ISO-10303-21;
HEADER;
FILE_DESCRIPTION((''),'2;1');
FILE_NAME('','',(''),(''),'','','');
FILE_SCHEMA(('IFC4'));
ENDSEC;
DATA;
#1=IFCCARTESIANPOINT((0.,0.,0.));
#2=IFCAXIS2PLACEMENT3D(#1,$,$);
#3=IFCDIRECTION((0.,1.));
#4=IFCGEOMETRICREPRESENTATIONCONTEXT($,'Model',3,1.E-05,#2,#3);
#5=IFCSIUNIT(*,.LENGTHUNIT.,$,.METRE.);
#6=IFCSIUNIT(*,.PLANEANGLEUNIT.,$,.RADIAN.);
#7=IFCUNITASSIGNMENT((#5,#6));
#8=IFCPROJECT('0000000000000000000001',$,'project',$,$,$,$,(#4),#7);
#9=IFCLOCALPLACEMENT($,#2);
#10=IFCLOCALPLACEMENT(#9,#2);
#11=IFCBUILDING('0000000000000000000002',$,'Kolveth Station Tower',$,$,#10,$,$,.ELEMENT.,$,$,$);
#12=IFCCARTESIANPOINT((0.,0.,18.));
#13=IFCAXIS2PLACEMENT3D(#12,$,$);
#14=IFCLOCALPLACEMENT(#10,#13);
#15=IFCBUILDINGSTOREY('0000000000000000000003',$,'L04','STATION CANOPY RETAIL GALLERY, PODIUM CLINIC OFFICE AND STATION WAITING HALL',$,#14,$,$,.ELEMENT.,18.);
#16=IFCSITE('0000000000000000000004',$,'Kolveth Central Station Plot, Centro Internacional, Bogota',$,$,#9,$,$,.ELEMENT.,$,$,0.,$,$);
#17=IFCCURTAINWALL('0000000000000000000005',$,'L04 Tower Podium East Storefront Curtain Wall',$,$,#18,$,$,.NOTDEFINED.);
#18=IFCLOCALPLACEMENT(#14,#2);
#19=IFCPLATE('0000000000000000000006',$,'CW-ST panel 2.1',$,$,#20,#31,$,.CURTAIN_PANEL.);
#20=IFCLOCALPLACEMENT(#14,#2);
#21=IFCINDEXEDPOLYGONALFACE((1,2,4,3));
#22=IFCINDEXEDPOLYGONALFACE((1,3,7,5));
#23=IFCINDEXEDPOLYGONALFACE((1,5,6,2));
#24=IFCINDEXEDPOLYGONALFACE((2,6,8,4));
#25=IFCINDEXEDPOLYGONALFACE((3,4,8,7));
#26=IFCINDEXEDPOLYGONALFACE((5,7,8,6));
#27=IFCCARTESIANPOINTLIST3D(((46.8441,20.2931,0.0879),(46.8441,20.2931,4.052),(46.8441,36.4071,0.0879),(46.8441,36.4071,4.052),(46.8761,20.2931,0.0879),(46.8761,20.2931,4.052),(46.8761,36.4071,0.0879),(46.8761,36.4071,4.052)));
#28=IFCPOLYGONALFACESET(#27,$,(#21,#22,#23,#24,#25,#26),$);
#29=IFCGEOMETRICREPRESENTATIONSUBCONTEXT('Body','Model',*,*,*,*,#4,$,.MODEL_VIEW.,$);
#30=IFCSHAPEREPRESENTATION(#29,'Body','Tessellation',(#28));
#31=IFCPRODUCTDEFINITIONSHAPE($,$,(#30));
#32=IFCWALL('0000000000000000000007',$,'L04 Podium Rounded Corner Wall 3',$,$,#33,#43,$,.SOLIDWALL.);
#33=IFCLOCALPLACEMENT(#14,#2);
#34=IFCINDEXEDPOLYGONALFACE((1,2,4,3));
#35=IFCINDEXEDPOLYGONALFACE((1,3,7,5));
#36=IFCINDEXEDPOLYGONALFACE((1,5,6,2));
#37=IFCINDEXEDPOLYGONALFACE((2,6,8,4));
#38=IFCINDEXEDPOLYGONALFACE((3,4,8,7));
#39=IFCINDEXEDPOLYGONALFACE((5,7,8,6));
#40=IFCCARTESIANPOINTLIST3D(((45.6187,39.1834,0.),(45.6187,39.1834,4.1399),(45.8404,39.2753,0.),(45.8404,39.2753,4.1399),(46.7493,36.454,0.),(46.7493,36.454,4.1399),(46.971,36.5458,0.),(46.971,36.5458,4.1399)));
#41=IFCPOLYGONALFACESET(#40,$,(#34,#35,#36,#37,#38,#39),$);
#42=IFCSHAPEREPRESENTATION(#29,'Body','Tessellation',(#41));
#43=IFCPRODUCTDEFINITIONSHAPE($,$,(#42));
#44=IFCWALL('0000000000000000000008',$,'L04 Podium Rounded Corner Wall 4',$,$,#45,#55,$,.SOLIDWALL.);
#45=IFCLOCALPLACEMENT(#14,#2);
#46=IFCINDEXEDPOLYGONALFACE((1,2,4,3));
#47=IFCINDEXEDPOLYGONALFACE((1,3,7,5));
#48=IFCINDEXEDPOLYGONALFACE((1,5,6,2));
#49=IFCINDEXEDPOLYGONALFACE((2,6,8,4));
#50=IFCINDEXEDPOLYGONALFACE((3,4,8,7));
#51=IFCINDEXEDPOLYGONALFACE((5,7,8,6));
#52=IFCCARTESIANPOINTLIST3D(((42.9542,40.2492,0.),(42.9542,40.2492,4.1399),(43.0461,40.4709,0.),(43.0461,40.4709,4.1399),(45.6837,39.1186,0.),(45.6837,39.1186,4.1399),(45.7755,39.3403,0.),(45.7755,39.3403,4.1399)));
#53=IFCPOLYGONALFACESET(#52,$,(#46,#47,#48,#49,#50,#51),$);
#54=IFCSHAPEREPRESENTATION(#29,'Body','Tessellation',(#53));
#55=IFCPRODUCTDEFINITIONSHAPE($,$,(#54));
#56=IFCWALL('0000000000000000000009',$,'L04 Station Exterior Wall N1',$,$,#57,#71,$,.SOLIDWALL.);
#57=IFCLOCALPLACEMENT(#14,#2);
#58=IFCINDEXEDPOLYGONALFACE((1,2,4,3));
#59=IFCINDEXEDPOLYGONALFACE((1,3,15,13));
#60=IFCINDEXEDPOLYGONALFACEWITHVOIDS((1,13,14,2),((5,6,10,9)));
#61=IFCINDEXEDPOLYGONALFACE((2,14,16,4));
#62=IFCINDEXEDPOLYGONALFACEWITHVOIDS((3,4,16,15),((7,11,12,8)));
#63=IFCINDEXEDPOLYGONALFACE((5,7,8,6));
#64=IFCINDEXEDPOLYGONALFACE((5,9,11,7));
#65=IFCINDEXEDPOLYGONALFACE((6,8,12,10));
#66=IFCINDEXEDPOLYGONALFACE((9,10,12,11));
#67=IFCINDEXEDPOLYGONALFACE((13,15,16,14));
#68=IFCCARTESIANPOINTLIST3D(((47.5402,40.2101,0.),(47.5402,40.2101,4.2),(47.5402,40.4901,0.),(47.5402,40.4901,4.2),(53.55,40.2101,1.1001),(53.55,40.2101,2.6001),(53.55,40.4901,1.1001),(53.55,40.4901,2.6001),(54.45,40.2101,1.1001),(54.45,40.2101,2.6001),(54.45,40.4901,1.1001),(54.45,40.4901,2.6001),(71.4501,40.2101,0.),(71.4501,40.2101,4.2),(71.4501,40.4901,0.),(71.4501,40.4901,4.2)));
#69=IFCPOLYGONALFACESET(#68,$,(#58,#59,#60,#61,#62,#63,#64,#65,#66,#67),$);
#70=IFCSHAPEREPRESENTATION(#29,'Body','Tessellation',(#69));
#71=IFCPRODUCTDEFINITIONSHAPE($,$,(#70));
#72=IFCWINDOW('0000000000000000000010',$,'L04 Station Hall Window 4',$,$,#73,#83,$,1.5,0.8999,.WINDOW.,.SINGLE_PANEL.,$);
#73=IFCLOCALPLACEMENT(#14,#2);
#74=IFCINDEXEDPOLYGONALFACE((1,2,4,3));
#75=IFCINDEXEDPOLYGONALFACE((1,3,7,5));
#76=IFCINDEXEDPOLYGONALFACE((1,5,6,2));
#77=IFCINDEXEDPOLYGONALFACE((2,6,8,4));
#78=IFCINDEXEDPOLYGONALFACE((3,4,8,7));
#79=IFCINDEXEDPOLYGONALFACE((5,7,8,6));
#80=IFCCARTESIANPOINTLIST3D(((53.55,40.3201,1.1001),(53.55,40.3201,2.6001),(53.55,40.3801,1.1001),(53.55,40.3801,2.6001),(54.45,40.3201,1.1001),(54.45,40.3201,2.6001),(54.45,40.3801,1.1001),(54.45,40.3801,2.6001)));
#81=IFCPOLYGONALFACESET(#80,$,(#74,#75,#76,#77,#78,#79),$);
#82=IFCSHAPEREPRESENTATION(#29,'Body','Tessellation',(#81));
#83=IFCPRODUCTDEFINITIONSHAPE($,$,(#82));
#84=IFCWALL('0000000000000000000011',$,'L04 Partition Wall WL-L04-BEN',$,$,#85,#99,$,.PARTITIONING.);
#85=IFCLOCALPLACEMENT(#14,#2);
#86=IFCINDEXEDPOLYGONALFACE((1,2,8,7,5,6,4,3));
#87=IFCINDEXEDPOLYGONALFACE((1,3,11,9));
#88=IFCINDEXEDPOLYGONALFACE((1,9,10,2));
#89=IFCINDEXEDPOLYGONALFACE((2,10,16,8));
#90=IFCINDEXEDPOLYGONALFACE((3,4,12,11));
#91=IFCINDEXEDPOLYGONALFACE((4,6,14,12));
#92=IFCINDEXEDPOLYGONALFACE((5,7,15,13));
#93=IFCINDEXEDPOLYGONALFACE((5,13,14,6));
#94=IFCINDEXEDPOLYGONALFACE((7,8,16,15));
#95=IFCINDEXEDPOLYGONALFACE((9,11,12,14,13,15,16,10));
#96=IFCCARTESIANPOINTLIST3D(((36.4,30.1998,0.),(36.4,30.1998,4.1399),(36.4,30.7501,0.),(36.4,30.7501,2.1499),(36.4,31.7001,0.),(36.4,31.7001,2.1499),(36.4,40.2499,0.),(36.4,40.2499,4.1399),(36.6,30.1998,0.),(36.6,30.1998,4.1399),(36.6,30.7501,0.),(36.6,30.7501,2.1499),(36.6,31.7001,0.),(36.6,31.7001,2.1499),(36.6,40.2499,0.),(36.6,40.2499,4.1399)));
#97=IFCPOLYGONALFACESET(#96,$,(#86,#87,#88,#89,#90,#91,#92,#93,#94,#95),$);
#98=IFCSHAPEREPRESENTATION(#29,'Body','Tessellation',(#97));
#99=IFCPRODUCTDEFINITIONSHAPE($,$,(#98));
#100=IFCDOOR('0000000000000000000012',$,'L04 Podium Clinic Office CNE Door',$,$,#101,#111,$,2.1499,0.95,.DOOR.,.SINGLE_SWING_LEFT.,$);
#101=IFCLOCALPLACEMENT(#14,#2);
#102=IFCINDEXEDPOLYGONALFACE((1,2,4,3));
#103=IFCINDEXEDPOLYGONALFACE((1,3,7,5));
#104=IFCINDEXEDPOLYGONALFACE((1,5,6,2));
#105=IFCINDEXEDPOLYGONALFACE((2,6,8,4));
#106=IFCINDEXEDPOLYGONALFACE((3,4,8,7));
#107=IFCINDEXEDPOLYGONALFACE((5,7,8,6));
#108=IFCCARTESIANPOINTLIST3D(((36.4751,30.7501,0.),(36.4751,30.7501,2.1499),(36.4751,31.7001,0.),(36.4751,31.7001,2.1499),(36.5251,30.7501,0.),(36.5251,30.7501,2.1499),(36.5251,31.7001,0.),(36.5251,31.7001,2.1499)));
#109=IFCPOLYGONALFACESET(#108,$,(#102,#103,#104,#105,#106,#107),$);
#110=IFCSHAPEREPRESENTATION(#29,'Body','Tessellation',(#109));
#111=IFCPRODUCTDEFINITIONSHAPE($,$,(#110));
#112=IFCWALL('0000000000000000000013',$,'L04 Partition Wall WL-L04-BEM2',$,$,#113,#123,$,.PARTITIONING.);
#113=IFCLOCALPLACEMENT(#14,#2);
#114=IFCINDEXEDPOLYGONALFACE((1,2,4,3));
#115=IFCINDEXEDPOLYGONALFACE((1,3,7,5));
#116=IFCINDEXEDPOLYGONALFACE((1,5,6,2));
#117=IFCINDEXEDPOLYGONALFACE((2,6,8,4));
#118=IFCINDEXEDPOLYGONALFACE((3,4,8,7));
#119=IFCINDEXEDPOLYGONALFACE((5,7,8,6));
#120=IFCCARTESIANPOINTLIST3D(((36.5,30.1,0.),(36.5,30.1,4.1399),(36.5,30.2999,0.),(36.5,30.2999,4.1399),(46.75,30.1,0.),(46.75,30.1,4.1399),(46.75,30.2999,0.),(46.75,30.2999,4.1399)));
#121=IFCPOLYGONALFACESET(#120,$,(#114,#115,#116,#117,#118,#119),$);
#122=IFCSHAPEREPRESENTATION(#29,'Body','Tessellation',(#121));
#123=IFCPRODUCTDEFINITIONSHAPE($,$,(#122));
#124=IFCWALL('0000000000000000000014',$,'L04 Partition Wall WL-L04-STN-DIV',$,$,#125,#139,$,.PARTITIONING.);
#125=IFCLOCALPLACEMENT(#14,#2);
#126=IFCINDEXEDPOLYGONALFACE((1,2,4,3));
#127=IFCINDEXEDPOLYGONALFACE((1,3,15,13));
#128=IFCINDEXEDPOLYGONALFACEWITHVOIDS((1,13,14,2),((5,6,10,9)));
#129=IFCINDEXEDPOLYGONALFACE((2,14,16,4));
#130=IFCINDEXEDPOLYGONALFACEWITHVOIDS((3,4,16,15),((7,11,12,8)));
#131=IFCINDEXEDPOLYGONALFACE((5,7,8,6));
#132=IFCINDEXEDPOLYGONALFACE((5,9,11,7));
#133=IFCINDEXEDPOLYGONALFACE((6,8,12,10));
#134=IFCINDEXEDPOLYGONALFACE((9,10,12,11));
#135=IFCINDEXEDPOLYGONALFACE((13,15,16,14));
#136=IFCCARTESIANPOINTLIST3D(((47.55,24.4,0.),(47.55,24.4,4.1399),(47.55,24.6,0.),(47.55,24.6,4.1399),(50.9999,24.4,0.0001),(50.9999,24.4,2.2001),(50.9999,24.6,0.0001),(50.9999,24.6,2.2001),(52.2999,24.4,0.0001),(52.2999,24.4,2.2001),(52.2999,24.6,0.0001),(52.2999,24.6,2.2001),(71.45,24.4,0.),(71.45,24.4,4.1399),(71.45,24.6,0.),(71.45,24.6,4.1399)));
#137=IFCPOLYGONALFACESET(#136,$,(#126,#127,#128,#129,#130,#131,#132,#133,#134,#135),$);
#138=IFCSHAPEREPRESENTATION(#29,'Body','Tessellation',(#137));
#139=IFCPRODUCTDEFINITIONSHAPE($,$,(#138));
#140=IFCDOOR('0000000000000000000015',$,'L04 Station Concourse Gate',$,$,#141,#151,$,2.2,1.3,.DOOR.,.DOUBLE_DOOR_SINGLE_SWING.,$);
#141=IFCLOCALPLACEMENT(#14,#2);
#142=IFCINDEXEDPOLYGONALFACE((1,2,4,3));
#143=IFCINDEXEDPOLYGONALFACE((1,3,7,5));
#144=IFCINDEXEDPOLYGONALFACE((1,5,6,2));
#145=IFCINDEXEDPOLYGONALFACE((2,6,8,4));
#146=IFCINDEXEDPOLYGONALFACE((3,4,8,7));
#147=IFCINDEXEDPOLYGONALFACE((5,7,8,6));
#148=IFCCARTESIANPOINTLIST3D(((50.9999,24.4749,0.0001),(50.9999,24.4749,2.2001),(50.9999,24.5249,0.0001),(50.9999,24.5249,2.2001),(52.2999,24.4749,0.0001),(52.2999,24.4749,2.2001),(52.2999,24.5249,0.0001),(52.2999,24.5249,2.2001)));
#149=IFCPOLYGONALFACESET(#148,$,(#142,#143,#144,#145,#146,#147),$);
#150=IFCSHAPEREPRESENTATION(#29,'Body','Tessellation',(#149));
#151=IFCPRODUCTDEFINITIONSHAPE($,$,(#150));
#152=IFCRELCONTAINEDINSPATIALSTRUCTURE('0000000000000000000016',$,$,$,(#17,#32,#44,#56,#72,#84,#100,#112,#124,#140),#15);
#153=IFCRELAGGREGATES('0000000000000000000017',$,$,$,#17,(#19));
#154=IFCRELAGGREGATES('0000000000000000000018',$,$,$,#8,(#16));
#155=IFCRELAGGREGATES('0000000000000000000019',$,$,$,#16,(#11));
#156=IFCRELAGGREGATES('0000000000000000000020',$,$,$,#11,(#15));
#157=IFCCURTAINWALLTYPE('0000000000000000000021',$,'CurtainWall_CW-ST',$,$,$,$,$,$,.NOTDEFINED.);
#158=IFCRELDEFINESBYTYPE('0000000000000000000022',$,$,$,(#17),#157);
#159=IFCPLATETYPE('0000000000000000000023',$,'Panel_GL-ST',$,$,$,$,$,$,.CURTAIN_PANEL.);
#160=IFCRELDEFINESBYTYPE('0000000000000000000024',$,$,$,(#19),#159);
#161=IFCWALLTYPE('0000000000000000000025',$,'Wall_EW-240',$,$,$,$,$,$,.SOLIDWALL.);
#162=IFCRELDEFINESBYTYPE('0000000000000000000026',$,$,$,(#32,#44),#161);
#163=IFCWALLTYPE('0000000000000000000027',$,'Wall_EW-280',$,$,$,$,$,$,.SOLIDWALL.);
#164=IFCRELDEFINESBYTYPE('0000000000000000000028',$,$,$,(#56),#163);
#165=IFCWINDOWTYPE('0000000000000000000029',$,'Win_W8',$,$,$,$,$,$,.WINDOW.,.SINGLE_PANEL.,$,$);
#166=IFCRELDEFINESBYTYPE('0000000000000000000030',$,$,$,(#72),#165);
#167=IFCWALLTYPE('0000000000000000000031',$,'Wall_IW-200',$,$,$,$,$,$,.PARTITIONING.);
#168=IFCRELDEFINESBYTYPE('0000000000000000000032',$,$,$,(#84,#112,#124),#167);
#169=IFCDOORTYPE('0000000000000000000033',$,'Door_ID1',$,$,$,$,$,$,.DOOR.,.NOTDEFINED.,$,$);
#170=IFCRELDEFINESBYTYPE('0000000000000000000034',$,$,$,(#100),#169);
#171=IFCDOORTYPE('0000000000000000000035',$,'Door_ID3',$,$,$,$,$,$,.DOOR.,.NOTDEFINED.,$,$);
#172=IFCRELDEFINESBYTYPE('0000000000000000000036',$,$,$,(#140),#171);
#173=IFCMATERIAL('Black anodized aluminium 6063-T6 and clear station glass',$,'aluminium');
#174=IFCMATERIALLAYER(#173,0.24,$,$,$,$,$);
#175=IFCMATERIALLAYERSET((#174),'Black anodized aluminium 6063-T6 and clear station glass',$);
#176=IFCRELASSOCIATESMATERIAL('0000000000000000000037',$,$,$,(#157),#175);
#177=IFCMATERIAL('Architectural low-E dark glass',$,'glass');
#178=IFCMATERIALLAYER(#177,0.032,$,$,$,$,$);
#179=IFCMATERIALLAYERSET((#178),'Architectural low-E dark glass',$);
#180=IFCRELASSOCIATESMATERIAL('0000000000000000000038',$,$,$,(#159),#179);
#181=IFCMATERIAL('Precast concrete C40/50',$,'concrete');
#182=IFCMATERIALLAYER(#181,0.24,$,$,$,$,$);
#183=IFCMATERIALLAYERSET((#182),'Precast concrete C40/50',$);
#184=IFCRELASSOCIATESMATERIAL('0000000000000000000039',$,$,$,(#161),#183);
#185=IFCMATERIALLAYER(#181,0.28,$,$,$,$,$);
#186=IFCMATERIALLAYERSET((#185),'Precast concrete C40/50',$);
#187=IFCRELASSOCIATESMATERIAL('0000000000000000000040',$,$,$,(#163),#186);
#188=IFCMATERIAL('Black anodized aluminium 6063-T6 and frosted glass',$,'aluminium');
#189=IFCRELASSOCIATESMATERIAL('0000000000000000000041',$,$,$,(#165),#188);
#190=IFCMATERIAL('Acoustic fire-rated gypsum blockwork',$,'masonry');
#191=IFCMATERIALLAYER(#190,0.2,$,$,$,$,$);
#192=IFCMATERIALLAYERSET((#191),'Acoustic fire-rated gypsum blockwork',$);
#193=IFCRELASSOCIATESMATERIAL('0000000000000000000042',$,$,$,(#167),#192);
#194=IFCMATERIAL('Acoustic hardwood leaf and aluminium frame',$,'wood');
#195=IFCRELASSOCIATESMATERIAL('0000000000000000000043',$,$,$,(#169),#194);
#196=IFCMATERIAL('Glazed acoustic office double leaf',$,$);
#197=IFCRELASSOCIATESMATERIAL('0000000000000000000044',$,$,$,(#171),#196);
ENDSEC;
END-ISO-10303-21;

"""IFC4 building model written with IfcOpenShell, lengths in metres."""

from ifc_helpers import new_model, si_unit, direction, frame, frame_2d, origin, origin_2d, place, context, subcontext, project, spatial, rectangle, extrude, source, transform, mapped, material, layer, layer_set, type_object, element, fill, aggregate, save


model = new_model("IFC4")

# Units and contexts
model_context = context("Model", 3, precision=1e-05, world=origin(), true_north=direction((0.0, 1.0)))
body_context = subcontext(model_context, "Body", "Model", "MODEL_VIEW")
ifc_project = project(units=[si_unit("LENGTHUNIT", "METRE"), si_unit("PLANEANGLEUNIT", "RADIAN")], contexts=[model_context])

# Site, building, storey
site_placement = place(None, origin())
site = spatial("IfcSite", under=ifc_project, at=site_placement, Name="Kolveth Central Station Plot, Centro Internacional, Bogota", CompositionType="ELEMENT", RefElevation=0.0)
building_placement = place(site_placement, origin())
building = spatial("IfcBuilding", under=site, at=building_placement, Name="Kolveth Station Tower", CompositionType="ELEMENT")
storey_placement = place(building_placement, frame((0.0, 0.0, 18.0)))
storey = spatial("IfcBuildingStorey", under=building, at=storey_placement, Name="L04", Description="STATION CANOPY RETAIL GALLERY, PODIUM CLINIC OFFICE AND STATION WAITING HALL", CompositionType="ELEMENT", Elevation=18.0)

# Curtain wall, plate
ifc_material_1 = material(Name="Black anodized aluminium 6063-T6 and clear station glass", Category="aluminium")
ifc_layer_1 = layer(ifc_material_1, 0.24)
ifc_layer_set_1 = layer_set([ifc_layer_1], Name="Black anodized aluminium 6063-T6 and clear station glass")
curtain_wall_type = type_object("IfcCurtainWallType", Name="CurtainWall_CW-ST", PredefinedType="NOTDEFINED", material=ifc_layer_set_1)
curtain_wall_placement = place(storey_placement, origin())
curtain_wall = element("IfcCurtainWall", 1, at=curtain_wall_placement, inside=storey, type_object=curtain_wall_type, Name="L04 Tower Podium East Storefront Curtain Wall", PredefinedType="NOTDEFINED")
ifc_material_2 = material(Name="Architectural low-E dark glass", Category="glass")
ifc_layer_2 = layer(ifc_material_2, 0.032)
ifc_layer_set_2 = layer_set([ifc_layer_2], Name="Architectural low-E dark glass")
plate_type = type_object("IfcPlateType", Name="Panel_GL-ST", PredefinedType="CURTAIN_PANEL", material=ifc_layer_set_2)
shared_shape_1 = source(origin(), body_context, "Body", "SweptSolid", [
    extrude(rectangle(XDim=16.114, YDim=0.032, at=origin_2d()), origin(), (0.0, 0.0, 1.0), 3.9641),
])
plate_placement = place(storey_placement, frame((46.8601, 28.3501, 0.0879), z_axis=(0.0, 0.0, 1.0), x_axis=(0.0, 1.0, 0.0)))
plate = element("IfcPlate", 2, at=plate_placement, type_object=plate_type, Name="CW-ST panel 2.1", PredefinedType="CURTAIN_PANEL", context=body_context, shape_type="MappedRepresentation", body=[
    mapped(shared_shape_1, transform((0.0, 0.0, 0.0), x_axis=(1.0, 0.0, 0.0), y_axis=(0.0, 1.0, 0.0), z_axis=(0.0, 0.0, 1.0), scale=1.0)),
])
aggregate(curtain_wall, [plate])

# Walls
ifc_material_3 = material(Name="Precast concrete C40/50", Category="concrete")
ifc_layer_3 = layer(ifc_material_3, 0.24)
ifc_layer_set_3 = layer_set([ifc_layer_3], Name="Precast concrete C40/50")
wall_type_1 = type_object("IfcWallType", Name="Wall_EW-240", PredefinedType="SOLIDWALL", material=ifc_layer_set_3)
for number, where, z_axis, x_axis, name in (
    (3, (46.8601, 36.5, 0.0), (0.0, 0.0, 1.0), (-0.38269, 0.923877, 0.0), "L04 Podium Rounded Corner Wall 3"),
    (4, (45.7295, 39.2295, 0.0), (0.0, 0.0, 1.0), (-0.923877, 0.38269, 0.0), "L04 Podium Rounded Corner Wall 4"),
):
    element("IfcWall", number, at=place(storey_placement, frame(where, z_axis=z_axis, x_axis=x_axis)), inside=storey, type_object=wall_type_1, Name=name, PredefinedType="SOLIDWALL", context=body_context, shape_type="SweptSolid", body=[
        extrude(rectangle(XDim=2.9543, YDim=0.24, at=frame_2d((1.4771, 0.0))), origin(), (0.0, 0.0, 1.0), 4.1399),
    ])

# Wall, opening, window
ifc_layer_4 = layer(ifc_material_3, 0.28)
ifc_layer_set_4 = layer_set([ifc_layer_4], Name="Precast concrete C40/50")
wall_type_2 = type_object("IfcWallType", Name="Wall_EW-280", PredefinedType="SOLIDWALL", material=ifc_layer_set_4)
wall_1_placement = place(storey_placement, frame((47.54, 40.3501, 0.0), z_axis=(0.0, 0.0, 1.0), x_axis=(1.0, 0.0, 0.0)))
wall_1 = element("IfcWall", 5, at=wall_1_placement, inside=storey, type_object=wall_type_2, Name="L04 Station Exterior Wall N1", PredefinedType="SOLIDWALL", context=body_context, shape_type="SweptSolid", body=[
    extrude(rectangle(XDim=23.9099, YDim=0.28, at=frame_2d((11.9551, 0.0))), origin(), (0.0, 0.0, 1.0), 4.2),
])
opening_1_placement = place(wall_1_placement, frame((6.01, 0.0, 1.1001)))
opening_1 = element("IfcOpeningElement", 6, at=opening_1_placement, cuts=wall_1, PredefinedType="OPENING", context=body_context, shape_type="SweptSolid", body=[
    extrude(rectangle(XDim=0.8999, YDim=1.5, at=frame_2d((0.45, 0.75))), frame((0.0, 0.1499, 0.0), z_axis=(0.0, -1.0, 0.0), x_axis=(1.0, 0.0, 0.0)), (0.0, 0.0, 1.0), 0.3),
])
ifc_material_4 = material(Name="Black anodized aluminium 6063-T6 and frosted glass", Category="aluminium")
window_type = type_object("IfcWindowType", Name="Win_W8", PartitioningType="SINGLE_PANEL", PredefinedType="WINDOW", material=ifc_material_4)
window_placement = place(opening_1_placement, origin())
window = element("IfcWindow", 7, at=window_placement, inside=storey, type_object=window_type, Name="L04 Station Hall Window 4", OverallHeight=1.5, OverallWidth=0.8999, PartitioningType="SINGLE_PANEL", PredefinedType="WINDOW", context=body_context, shape_type="SweptSolid", body=[
    extrude(rectangle(XDim=0.8999, YDim=1.5, at=frame_2d((0.45, 0.75))), frame((0.0, 0.03, 0.0), z_axis=(0.0, -1.0, 0.0), x_axis=(1.0, 0.0, 0.0)), (0.0, 0.0, 1.0), 0.0601),
])
fill(opening_1, window)

# Wall, opening, door
ifc_material_5 = material(Name="Acoustic fire-rated gypsum blockwork", Category="masonry")
ifc_layer_5 = layer(ifc_material_5, 0.2)
ifc_layer_set_5 = layer_set([ifc_layer_5], Name="Acoustic fire-rated gypsum blockwork")
wall_type_3 = type_object("IfcWallType", Name="Wall_IW-200", PredefinedType="PARTITIONING", material=ifc_layer_set_5)
wall_2_placement = place(storey_placement, frame((36.5, 30.2, 0.0), z_axis=(0.0, 0.0, 1.0), x_axis=(0.0, 1.0, 0.0)))
wall_2 = element("IfcWall", 8, at=wall_2_placement, inside=storey, type_object=wall_type_3, Name="L04 Partition Wall WL-L04-BEN", PredefinedType="PARTITIONING", context=body_context, shape_type="SweptSolid", body=[
    extrude(rectangle(XDim=10.05, YDim=0.2, at=frame_2d((5.0249, 0.0))), origin(), (0.0, 0.0, 1.0), 4.1399),
])
opening_2_placement = place(wall_2_placement, frame((0.55, 0.0, 0.0)))
opening_2 = element("IfcOpeningElement", 9, at=opening_2_placement, cuts=wall_2, PredefinedType="OPENING", context=body_context, shape_type="SweptSolid", body=[
    extrude(rectangle(XDim=0.95, YDim=2.1499, at=frame_2d((0.4751, 1.075))), frame((0.0, 0.1099, 0.0), z_axis=(0.0, -1.0, 0.0), x_axis=(1.0, 0.0, 0.0)), (0.0, 0.0, 1.0), 0.22),
])
ifc_material_6 = material(Name="Acoustic hardwood leaf and aluminium frame", Category="wood")
door_type_1 = type_object("IfcDoorType", Name="Door_ID1", OperationType="NOTDEFINED", PredefinedType="DOOR", material=ifc_material_6)
door_1_placement = place(opening_2_placement, origin())
door_1 = element("IfcDoor", 10, at=door_1_placement, inside=storey, type_object=door_type_1, Name="L04 Podium Clinic Office CNE Door", OperationType="SINGLE_SWING_LEFT", OverallHeight=2.1499, OverallWidth=0.95, PredefinedType="DOOR", context=body_context, shape_type="SweptSolid", body=[
    extrude(rectangle(XDim=0.95, YDim=2.1499, at=frame_2d((0.4751, 1.075))), frame((0.0, 0.0249, 0.0), z_axis=(0.0, -1.0, 0.0), x_axis=(1.0, 0.0, 0.0)), (0.0, 0.0, 1.0), 0.05),
])
fill(opening_2, door_1)

# Wall
wall_3_placement = place(storey_placement, frame((36.5, 30.2, 0.0), z_axis=(0.0, 0.0, 1.0), x_axis=(1.0, 0.0, 0.0)))
element("IfcWall", 11, at=wall_3_placement, inside=storey, type_object=wall_type_3, Name="L04 Partition Wall WL-L04-BEM2", PredefinedType="PARTITIONING", context=body_context, shape_type="SweptSolid", body=[
    extrude(rectangle(XDim=10.25, YDim=0.2, at=frame_2d((5.125, 0.0))), origin(), (0.0, 0.0, 1.0), 4.1399),
])

# Wall, opening, door
wall_4_placement = place(storey_placement, frame((47.55, 24.5, 0.0), z_axis=(0.0, 0.0, 1.0), x_axis=(1.0, 0.0, 0.0)))
wall_4 = element("IfcWall", 12, at=wall_4_placement, inside=storey, type_object=wall_type_3, Name="L04 Partition Wall WL-L04-STN-DIV", PredefinedType="PARTITIONING", context=body_context, shape_type="SweptSolid", body=[
    extrude(rectangle(XDim=23.8999, YDim=0.2, at=frame_2d((11.95, 0.0))), origin(), (0.0, 0.0, 1.0), 4.1399),
])
opening_3_placement = place(wall_4_placement, frame((3.45, 0.0, 0.0)))
opening_3 = element("IfcOpeningElement", 13, at=opening_3_placement, cuts=wall_4, PredefinedType="OPENING", context=body_context, shape_type="SweptSolid", body=[
    extrude(rectangle(XDim=1.3, YDim=2.2, at=frame_2d((0.6499, 1.1001))), frame((0.0, 0.1099, 0.0), z_axis=(0.0, -1.0, 0.0), x_axis=(1.0, 0.0, 0.0)), (0.0, 0.0, 1.0), 0.22),
])
ifc_material_7 = material(Name="Glazed acoustic office double leaf")
door_type_2 = type_object("IfcDoorType", Name="Door_ID3", OperationType="NOTDEFINED", PredefinedType="DOOR", material=ifc_material_7)
door_2_placement = place(opening_3_placement, origin())
door_2 = element("IfcDoor", 14, at=door_2_placement, inside=storey, type_object=door_type_2, Name="L04 Station Concourse Gate", OperationType="DOUBLE_DOOR_SINGLE_SWING", OverallHeight=2.2, OverallWidth=1.3, PredefinedType="DOOR", context=body_context, shape_type="SweptSolid", body=[
    extrude(rectangle(XDim=1.3, YDim=2.2, at=frame_2d((0.6499, 1.1001))), frame((0.0, 0.0249, 0.0), z_axis=(0.0, -1.0, 0.0), x_axis=(1.0, 0.0, 0.0)), (0.0, 0.0, 1.0), 0.05),
])
fill(opening_3, door_2)

save(model, "model.ifc")
